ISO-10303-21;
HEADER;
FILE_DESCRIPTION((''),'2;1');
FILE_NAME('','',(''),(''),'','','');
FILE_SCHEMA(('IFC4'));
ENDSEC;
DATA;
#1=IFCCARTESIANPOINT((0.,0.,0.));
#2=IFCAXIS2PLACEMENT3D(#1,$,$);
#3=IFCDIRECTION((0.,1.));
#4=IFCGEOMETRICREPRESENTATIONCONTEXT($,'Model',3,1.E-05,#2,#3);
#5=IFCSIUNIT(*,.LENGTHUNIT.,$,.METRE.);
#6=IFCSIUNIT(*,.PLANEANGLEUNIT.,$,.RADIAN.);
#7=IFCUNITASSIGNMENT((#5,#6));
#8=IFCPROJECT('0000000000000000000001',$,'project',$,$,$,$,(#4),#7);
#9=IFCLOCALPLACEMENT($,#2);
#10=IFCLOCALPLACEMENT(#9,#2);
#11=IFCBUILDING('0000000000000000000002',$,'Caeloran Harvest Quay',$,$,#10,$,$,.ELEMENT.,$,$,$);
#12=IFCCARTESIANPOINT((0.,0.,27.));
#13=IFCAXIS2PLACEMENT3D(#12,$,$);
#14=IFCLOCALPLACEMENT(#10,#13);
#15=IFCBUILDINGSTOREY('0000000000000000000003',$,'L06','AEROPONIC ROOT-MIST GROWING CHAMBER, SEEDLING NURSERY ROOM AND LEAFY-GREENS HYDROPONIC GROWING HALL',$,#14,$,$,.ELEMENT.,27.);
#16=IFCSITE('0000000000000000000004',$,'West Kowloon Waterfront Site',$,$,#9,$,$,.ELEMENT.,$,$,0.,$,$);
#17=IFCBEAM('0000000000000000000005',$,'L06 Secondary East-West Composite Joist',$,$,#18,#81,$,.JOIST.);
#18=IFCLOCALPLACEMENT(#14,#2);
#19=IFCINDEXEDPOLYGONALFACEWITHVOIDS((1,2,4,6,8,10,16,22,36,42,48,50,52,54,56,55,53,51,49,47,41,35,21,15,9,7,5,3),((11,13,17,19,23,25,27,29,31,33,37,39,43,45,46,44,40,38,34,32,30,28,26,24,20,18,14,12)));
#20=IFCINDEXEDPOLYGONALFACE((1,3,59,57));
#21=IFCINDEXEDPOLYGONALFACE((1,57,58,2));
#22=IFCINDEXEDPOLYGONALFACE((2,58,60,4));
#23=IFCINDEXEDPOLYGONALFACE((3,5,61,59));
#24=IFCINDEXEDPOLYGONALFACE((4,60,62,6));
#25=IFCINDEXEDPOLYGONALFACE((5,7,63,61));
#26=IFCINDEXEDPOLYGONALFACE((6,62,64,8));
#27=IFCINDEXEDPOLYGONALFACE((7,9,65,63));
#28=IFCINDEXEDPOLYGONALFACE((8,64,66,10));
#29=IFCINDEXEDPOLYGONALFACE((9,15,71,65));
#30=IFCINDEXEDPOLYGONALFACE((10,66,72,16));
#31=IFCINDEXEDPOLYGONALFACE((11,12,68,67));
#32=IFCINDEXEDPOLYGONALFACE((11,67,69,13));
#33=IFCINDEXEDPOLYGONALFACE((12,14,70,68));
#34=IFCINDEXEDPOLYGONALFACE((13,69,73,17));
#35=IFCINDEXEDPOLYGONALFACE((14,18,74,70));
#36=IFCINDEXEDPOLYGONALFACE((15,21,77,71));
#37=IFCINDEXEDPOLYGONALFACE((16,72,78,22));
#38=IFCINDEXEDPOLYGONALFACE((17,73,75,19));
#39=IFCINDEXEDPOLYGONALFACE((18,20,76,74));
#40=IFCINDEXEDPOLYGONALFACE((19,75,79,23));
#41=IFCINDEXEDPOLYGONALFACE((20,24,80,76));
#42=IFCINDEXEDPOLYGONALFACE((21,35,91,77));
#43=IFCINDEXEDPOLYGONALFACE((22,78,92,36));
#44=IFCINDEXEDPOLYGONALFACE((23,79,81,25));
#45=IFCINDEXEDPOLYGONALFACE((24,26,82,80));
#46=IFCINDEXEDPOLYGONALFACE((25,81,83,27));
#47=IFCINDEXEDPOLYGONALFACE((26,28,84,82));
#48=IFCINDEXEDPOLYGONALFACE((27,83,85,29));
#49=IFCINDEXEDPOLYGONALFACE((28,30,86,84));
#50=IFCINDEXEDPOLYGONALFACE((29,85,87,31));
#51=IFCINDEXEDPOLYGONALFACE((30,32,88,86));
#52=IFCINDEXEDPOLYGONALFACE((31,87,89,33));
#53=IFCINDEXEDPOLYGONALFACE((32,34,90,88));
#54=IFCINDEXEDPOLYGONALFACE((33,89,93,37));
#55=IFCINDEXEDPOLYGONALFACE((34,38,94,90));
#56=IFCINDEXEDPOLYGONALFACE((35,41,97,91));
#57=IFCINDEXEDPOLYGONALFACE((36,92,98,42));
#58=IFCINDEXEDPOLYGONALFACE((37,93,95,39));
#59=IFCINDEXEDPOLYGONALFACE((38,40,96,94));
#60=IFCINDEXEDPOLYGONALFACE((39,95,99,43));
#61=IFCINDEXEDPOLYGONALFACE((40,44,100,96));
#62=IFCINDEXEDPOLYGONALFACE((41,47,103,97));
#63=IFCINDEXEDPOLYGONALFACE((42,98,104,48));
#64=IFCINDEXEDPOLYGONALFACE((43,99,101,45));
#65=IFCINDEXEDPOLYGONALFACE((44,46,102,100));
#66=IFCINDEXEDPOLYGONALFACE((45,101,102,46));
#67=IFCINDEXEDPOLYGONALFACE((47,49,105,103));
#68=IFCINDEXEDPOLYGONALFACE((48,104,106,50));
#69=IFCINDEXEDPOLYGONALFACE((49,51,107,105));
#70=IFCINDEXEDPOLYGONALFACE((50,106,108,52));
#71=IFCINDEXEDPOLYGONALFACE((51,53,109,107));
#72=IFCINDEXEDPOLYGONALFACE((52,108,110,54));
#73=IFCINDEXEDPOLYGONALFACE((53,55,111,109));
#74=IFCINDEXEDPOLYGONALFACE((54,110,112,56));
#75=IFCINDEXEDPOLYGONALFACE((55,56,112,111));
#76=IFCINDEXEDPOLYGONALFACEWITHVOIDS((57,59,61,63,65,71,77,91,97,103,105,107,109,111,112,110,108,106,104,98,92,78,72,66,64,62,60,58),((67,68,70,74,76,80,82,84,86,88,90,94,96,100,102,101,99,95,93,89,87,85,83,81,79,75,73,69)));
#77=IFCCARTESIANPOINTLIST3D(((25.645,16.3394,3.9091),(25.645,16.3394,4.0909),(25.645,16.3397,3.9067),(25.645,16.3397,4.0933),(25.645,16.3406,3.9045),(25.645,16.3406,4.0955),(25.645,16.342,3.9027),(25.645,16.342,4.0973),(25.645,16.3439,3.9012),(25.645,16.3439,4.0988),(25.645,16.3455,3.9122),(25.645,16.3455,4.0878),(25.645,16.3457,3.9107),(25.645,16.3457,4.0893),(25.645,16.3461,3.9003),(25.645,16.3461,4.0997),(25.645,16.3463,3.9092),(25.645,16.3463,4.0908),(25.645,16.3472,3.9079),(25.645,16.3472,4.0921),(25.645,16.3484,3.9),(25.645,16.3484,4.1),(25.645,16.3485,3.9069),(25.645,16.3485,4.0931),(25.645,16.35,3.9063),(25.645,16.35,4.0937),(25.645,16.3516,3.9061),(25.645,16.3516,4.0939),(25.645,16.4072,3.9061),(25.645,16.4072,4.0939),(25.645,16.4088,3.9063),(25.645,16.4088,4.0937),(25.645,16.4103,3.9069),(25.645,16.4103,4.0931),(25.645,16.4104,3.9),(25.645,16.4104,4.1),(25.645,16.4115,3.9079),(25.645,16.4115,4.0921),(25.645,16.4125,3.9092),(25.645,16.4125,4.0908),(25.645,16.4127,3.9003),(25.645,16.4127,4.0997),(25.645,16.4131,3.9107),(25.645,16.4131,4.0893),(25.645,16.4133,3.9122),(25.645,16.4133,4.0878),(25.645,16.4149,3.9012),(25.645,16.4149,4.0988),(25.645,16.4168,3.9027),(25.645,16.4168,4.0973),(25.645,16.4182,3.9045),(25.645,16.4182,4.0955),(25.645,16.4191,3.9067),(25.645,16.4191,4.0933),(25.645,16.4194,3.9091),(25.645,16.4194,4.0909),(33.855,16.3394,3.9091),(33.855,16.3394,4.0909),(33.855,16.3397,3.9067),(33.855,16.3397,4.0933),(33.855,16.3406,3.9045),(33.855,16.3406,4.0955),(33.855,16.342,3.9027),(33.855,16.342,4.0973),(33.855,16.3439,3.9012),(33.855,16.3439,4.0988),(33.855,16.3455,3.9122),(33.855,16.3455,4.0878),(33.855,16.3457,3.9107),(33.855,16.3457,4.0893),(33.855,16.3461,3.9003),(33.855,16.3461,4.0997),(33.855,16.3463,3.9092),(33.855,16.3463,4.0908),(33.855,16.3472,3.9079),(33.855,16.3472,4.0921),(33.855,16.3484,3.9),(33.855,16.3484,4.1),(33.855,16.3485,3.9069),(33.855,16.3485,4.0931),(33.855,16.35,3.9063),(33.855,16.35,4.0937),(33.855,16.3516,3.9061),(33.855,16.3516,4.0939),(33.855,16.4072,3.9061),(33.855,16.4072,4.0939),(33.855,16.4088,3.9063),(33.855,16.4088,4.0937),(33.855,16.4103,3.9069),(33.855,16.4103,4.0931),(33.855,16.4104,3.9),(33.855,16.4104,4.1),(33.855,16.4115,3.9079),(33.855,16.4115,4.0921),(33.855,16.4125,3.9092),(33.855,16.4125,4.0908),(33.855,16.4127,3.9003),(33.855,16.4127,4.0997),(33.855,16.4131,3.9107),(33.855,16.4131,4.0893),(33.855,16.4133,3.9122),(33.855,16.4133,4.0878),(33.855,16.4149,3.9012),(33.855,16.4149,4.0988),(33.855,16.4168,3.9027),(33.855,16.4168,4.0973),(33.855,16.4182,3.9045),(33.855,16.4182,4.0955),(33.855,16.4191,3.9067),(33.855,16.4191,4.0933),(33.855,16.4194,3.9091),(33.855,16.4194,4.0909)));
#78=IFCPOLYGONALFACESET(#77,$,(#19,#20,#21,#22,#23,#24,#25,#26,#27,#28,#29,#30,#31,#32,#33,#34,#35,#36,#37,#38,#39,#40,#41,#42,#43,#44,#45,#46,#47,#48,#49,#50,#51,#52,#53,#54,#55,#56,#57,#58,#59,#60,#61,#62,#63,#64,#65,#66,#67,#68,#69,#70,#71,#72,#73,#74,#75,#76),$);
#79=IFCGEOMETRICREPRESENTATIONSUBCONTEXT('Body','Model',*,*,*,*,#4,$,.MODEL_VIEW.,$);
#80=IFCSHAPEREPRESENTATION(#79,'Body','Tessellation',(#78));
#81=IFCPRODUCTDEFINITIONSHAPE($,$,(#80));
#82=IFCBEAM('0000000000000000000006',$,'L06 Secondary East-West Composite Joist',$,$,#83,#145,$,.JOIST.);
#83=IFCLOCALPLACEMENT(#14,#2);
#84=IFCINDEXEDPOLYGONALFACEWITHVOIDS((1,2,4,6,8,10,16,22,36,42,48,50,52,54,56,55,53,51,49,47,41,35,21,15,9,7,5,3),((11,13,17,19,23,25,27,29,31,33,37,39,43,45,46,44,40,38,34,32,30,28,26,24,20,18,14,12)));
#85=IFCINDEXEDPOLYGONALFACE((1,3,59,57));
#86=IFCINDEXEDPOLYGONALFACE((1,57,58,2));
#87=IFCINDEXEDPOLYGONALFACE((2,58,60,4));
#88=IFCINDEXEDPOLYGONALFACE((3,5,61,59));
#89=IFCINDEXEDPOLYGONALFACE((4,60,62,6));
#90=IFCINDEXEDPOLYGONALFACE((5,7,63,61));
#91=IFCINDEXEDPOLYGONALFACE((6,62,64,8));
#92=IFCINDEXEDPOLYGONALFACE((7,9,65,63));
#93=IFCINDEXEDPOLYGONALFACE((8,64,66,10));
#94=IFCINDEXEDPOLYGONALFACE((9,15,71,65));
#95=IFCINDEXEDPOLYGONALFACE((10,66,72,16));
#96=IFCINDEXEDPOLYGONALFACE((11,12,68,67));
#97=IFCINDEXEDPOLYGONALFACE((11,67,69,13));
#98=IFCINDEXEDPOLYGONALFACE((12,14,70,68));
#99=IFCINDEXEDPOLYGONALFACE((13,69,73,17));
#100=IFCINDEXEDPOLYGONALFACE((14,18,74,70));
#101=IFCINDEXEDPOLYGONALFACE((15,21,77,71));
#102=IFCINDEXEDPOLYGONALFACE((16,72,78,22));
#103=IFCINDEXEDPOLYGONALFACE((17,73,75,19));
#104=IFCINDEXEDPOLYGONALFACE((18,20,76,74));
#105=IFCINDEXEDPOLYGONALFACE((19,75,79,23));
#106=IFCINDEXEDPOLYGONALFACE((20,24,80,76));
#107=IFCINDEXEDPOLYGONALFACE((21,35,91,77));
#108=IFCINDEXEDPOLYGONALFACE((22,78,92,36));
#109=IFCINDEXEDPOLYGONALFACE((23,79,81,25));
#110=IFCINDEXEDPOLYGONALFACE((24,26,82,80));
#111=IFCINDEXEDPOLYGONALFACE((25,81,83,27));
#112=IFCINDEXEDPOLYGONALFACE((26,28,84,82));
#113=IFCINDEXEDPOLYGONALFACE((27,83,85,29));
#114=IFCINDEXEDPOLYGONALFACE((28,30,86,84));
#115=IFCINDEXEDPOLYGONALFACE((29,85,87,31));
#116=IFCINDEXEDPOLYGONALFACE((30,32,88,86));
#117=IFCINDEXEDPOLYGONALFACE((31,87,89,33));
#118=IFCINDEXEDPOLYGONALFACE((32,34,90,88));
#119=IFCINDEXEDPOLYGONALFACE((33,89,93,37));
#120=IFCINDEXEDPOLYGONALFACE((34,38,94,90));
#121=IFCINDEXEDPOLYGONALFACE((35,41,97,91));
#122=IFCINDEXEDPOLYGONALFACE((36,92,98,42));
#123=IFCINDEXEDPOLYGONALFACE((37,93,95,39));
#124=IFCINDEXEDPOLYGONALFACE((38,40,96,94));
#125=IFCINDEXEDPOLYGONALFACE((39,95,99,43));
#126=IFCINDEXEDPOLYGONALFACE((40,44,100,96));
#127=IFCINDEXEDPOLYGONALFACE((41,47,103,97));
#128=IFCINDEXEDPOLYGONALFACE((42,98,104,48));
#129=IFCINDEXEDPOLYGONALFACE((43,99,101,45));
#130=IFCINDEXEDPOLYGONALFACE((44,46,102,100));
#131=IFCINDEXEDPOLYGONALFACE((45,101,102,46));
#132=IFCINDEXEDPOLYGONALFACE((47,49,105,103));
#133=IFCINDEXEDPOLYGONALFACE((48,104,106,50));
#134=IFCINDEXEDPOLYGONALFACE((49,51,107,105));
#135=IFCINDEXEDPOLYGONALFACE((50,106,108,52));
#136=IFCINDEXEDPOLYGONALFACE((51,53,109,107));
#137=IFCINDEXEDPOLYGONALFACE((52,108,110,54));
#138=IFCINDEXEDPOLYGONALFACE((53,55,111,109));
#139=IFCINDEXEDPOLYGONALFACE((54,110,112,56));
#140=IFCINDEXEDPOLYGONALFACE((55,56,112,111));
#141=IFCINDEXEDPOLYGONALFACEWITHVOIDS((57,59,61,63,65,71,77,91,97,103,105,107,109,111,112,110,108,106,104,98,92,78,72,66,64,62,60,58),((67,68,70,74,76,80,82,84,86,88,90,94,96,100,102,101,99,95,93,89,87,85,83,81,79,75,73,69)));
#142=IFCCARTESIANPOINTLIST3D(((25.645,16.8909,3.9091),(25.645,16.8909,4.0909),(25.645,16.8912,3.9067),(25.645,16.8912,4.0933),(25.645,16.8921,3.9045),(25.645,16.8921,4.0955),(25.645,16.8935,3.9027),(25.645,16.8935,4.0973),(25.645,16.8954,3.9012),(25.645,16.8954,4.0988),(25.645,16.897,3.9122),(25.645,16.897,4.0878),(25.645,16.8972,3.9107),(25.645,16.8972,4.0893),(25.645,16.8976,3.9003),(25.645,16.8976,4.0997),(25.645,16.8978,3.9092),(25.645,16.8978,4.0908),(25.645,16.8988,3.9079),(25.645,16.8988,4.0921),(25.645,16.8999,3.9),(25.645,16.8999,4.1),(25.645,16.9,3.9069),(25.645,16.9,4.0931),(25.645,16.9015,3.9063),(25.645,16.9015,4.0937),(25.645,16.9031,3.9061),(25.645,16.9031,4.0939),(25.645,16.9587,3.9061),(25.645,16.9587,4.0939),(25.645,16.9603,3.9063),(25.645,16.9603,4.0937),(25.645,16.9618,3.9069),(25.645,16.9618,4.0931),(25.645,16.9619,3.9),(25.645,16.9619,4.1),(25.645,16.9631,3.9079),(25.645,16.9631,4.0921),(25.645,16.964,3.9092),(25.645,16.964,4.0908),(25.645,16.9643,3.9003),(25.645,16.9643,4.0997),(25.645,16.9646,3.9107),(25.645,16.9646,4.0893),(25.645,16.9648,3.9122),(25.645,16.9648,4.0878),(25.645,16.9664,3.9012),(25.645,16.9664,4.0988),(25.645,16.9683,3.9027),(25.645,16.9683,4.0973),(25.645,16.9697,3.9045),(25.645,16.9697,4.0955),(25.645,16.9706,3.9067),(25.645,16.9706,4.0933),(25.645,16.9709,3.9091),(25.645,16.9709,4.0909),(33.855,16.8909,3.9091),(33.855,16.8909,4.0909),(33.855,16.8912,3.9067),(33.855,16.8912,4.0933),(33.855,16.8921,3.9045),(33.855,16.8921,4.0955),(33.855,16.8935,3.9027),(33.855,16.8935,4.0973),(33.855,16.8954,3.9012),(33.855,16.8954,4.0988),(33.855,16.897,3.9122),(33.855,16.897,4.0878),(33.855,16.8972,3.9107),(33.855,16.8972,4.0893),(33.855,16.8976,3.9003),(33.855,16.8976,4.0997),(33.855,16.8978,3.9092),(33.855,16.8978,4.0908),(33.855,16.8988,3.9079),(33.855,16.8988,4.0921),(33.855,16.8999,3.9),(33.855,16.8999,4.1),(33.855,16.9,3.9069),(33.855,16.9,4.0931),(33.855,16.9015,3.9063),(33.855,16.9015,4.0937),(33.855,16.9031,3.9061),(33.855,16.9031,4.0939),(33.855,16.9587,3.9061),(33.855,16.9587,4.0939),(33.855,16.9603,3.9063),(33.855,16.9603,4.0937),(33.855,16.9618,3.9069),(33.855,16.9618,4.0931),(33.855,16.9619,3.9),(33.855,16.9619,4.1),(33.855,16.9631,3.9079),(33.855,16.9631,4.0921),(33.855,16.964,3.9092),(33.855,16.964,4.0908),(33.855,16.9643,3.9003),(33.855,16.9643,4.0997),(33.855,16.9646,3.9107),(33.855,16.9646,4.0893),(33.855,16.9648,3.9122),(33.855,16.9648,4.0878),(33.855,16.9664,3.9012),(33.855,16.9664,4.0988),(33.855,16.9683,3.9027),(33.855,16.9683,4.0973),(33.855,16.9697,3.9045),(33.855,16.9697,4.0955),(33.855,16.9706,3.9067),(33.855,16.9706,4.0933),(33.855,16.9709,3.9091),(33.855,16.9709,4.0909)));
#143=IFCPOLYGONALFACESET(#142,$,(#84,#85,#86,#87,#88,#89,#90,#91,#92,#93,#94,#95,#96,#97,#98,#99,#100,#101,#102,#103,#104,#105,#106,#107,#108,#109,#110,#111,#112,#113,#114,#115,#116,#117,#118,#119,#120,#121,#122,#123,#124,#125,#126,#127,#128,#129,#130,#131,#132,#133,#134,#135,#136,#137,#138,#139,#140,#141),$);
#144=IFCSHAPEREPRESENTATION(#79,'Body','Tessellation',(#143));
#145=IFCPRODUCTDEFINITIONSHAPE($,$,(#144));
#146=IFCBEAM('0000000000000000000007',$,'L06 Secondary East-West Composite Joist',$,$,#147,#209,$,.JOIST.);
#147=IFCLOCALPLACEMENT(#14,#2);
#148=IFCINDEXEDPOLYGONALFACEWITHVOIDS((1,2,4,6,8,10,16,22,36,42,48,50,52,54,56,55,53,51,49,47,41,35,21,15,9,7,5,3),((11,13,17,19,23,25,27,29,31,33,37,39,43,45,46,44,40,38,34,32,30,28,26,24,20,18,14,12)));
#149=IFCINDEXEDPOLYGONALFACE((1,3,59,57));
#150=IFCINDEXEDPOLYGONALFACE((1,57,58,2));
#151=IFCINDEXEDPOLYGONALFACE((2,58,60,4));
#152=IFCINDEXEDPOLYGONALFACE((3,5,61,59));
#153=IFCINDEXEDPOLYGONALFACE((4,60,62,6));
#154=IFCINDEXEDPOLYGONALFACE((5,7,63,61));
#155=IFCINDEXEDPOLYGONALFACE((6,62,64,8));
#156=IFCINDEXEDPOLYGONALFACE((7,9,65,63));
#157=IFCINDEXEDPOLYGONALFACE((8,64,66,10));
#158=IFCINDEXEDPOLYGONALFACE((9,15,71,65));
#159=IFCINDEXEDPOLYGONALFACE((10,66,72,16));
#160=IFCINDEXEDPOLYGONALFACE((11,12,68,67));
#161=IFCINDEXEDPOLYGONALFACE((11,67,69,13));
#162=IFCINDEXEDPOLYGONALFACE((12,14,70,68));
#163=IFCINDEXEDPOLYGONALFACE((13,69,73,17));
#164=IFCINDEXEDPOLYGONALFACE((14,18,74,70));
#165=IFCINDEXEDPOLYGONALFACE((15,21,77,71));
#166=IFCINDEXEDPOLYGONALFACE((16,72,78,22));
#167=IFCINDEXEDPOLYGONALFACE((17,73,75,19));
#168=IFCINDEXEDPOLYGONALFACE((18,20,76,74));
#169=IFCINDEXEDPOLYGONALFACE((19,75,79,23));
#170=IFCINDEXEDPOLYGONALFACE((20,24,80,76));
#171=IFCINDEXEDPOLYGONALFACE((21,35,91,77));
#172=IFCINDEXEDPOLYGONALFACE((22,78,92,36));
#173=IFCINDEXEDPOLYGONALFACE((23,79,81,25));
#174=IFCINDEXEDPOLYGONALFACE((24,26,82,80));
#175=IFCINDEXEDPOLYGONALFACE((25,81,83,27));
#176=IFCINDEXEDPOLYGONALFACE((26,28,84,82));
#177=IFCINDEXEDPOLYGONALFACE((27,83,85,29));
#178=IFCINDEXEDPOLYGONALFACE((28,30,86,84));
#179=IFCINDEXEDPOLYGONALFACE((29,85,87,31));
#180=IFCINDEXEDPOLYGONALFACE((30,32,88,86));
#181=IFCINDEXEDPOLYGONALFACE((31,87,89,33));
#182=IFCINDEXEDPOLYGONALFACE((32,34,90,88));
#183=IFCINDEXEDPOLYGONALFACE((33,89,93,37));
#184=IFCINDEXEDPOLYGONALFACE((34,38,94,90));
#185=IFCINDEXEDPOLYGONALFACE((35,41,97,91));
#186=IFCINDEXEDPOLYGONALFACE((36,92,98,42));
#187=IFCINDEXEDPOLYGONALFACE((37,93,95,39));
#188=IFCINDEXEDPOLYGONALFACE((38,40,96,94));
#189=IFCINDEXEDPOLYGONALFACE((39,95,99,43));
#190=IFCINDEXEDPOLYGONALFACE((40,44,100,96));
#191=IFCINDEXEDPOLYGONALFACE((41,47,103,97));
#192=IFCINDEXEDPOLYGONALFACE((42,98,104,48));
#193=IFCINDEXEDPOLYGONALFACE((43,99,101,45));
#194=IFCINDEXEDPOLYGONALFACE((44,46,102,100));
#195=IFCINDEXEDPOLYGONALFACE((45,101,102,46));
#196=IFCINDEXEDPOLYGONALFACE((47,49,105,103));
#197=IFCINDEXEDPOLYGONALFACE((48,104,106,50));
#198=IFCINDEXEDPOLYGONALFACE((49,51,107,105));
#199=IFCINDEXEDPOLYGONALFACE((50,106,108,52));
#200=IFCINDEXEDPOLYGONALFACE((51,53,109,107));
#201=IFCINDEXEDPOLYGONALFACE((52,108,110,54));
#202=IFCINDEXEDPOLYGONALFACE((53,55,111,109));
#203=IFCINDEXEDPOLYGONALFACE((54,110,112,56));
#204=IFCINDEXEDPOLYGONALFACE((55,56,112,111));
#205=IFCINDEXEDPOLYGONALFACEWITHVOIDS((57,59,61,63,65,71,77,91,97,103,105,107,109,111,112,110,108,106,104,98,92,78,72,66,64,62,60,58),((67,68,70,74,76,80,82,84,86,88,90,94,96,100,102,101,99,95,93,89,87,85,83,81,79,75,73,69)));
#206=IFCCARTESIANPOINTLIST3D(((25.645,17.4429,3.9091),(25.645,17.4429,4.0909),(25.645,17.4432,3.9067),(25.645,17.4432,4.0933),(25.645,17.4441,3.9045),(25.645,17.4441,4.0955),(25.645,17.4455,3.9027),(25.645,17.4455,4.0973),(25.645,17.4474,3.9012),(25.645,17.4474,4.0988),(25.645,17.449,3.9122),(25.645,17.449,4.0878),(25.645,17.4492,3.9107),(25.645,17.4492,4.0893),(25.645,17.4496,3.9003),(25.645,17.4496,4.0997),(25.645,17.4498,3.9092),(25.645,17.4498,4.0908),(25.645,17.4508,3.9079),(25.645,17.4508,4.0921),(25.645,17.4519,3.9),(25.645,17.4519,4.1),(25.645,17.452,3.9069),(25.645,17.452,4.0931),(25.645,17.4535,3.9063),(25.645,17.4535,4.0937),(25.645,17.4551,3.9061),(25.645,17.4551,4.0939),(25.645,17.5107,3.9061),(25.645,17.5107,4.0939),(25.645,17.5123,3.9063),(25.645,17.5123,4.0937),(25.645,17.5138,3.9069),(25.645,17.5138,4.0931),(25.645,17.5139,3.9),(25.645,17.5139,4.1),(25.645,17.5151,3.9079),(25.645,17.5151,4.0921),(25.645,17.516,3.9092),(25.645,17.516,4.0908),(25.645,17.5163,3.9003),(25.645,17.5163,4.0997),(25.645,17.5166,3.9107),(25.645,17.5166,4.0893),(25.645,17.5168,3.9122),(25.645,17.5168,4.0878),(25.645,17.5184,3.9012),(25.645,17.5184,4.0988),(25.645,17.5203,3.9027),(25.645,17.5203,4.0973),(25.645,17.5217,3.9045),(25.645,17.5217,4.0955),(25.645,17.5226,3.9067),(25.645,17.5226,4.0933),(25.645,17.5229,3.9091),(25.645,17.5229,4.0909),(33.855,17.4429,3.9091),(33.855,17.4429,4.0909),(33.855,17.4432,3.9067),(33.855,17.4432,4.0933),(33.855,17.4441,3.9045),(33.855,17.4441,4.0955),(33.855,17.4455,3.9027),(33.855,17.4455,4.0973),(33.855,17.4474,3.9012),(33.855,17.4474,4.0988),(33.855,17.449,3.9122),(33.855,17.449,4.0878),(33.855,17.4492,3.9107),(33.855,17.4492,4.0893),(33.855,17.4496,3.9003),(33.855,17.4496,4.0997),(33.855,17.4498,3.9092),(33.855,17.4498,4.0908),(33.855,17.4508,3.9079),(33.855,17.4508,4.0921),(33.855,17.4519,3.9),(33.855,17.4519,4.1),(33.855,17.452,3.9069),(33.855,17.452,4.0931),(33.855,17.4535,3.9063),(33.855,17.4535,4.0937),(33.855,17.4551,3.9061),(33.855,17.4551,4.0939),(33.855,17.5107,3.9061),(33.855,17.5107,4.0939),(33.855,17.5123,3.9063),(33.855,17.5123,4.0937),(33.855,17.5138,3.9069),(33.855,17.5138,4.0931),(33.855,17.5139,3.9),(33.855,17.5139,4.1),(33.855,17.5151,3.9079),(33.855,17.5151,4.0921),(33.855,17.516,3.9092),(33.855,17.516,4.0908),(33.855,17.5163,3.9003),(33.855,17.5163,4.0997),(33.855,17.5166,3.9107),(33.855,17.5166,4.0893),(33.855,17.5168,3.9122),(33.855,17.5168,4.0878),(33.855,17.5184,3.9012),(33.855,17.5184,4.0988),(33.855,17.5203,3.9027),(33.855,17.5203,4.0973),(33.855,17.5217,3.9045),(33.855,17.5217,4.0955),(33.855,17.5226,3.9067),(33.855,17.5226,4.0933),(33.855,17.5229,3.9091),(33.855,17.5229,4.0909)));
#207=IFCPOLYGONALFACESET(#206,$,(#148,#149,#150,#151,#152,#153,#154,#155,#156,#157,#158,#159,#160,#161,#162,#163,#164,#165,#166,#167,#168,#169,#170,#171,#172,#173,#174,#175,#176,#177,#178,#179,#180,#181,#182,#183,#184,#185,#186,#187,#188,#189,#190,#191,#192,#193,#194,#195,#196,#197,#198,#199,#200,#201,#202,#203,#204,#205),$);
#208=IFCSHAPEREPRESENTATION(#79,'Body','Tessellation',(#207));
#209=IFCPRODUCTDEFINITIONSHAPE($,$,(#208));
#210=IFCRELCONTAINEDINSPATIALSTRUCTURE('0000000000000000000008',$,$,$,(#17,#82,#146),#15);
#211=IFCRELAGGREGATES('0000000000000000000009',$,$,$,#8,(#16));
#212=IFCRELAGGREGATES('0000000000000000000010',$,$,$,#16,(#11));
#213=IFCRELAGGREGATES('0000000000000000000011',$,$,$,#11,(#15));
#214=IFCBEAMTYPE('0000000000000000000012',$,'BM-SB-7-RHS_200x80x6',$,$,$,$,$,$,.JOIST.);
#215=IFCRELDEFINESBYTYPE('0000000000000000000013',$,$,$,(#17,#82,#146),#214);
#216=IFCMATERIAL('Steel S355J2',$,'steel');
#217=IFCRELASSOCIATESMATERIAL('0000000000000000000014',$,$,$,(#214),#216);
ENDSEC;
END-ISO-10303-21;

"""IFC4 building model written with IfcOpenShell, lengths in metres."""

from ifc_helpers import new_model, si_unit, direction, frame, origin, origin_2d, place, context, subcontext, project, spatial, hollow_rectangle, extrude, material, material_profile, profile_set, type_object, element, save


model = new_model("IFC4")

# Units and contexts
model_context = context("Model", 3, precision=1e-05, world=origin(), true_north=direction((0.0, 1.0)))
body_context = subcontext(model_context, "Body", "Model", "MODEL_VIEW")
ifc_project = project(units=[si_unit("LENGTHUNIT", "METRE"), si_unit("PLANEANGLEUNIT", "RADIAN")], contexts=[model_context])

# Site, building, storey
site_placement = place(None, origin())
site = spatial("IfcSite", under=ifc_project, at=site_placement, Name="West Kowloon Waterfront Site", CompositionType="ELEMENT", RefElevation=0.0)
building_placement = place(site_placement, origin())
building = spatial("IfcBuilding", under=site, at=building_placement, Name="Caeloran Harvest Quay", CompositionType="ELEMENT")
storey_placement = place(building_placement, frame((0.0, 0.0, 27.0)))
storey = spatial("IfcBuildingStorey", under=building, at=storey_placement, Name="L06", Description="AEROPONIC ROOT-MIST GROWING CHAMBER, SEEDLING NURSERY ROOM AND LEAFY-GREENS HYDROPONIC GROWING HALL", CompositionType="ELEMENT", Elevation=27.0)

# Beams
ifc_material_1 = material(Name="Steel S355J2", Category="steel")
ifc_material_profile_1 = material_profile(ifc_material_1, hollow_rectangle(XDim=0.0801, YDim=0.2, WallThickness=0.0061, InnerFilletRadius=0.0061, OuterFilletRadius=0.009, at=origin_2d()), Name="RHS 200x80x6")
ifc_profile_set_1 = profile_set([ifc_material_profile_1], Name="Steel S355J2")
beam_type_1 = type_object("IfcBeamType", Name="BM-SB-7-RHS_200x80x6", PredefinedType="JOIST", material=ifc_profile_set_1)
for number, where, z_axis, x_axis, name in (
    (1, (25.645, 16.3794, 4.0), (1.0, 0.0, 0.0), (0.0, 1.0, 0.0), "L06 Secondary East-West Composite Joist"),
    (2, (25.645, 16.9309, 4.0), (1.0, 0.0, 0.0), (0.0, 1.0, 0.0), "L06 Secondary East-West Composite Joist"),
    (3, (25.645, 17.4829, 4.0), (1.0, 0.0, 0.0), (0.0, 1.0, 0.0), "L06 Secondary East-West Composite Joist"),
):
    element("IfcBeam", number, at=place(storey_placement, frame(where, z_axis=z_axis, x_axis=x_axis)), inside=storey, type_object=beam_type_1, Name=name, PredefinedType="JOIST", context=body_context, shape_type="SweptSolid", body=[
        extrude(hollow_rectangle(XDim=0.0801, YDim=0.2, WallThickness=0.0061, InnerFilletRadius=0.0061, OuterFilletRadius=0.009, at=origin_2d()), origin(), (0.0, 0.0, 1.0), 8.21),
    ])

save(model, "model.ifc")
